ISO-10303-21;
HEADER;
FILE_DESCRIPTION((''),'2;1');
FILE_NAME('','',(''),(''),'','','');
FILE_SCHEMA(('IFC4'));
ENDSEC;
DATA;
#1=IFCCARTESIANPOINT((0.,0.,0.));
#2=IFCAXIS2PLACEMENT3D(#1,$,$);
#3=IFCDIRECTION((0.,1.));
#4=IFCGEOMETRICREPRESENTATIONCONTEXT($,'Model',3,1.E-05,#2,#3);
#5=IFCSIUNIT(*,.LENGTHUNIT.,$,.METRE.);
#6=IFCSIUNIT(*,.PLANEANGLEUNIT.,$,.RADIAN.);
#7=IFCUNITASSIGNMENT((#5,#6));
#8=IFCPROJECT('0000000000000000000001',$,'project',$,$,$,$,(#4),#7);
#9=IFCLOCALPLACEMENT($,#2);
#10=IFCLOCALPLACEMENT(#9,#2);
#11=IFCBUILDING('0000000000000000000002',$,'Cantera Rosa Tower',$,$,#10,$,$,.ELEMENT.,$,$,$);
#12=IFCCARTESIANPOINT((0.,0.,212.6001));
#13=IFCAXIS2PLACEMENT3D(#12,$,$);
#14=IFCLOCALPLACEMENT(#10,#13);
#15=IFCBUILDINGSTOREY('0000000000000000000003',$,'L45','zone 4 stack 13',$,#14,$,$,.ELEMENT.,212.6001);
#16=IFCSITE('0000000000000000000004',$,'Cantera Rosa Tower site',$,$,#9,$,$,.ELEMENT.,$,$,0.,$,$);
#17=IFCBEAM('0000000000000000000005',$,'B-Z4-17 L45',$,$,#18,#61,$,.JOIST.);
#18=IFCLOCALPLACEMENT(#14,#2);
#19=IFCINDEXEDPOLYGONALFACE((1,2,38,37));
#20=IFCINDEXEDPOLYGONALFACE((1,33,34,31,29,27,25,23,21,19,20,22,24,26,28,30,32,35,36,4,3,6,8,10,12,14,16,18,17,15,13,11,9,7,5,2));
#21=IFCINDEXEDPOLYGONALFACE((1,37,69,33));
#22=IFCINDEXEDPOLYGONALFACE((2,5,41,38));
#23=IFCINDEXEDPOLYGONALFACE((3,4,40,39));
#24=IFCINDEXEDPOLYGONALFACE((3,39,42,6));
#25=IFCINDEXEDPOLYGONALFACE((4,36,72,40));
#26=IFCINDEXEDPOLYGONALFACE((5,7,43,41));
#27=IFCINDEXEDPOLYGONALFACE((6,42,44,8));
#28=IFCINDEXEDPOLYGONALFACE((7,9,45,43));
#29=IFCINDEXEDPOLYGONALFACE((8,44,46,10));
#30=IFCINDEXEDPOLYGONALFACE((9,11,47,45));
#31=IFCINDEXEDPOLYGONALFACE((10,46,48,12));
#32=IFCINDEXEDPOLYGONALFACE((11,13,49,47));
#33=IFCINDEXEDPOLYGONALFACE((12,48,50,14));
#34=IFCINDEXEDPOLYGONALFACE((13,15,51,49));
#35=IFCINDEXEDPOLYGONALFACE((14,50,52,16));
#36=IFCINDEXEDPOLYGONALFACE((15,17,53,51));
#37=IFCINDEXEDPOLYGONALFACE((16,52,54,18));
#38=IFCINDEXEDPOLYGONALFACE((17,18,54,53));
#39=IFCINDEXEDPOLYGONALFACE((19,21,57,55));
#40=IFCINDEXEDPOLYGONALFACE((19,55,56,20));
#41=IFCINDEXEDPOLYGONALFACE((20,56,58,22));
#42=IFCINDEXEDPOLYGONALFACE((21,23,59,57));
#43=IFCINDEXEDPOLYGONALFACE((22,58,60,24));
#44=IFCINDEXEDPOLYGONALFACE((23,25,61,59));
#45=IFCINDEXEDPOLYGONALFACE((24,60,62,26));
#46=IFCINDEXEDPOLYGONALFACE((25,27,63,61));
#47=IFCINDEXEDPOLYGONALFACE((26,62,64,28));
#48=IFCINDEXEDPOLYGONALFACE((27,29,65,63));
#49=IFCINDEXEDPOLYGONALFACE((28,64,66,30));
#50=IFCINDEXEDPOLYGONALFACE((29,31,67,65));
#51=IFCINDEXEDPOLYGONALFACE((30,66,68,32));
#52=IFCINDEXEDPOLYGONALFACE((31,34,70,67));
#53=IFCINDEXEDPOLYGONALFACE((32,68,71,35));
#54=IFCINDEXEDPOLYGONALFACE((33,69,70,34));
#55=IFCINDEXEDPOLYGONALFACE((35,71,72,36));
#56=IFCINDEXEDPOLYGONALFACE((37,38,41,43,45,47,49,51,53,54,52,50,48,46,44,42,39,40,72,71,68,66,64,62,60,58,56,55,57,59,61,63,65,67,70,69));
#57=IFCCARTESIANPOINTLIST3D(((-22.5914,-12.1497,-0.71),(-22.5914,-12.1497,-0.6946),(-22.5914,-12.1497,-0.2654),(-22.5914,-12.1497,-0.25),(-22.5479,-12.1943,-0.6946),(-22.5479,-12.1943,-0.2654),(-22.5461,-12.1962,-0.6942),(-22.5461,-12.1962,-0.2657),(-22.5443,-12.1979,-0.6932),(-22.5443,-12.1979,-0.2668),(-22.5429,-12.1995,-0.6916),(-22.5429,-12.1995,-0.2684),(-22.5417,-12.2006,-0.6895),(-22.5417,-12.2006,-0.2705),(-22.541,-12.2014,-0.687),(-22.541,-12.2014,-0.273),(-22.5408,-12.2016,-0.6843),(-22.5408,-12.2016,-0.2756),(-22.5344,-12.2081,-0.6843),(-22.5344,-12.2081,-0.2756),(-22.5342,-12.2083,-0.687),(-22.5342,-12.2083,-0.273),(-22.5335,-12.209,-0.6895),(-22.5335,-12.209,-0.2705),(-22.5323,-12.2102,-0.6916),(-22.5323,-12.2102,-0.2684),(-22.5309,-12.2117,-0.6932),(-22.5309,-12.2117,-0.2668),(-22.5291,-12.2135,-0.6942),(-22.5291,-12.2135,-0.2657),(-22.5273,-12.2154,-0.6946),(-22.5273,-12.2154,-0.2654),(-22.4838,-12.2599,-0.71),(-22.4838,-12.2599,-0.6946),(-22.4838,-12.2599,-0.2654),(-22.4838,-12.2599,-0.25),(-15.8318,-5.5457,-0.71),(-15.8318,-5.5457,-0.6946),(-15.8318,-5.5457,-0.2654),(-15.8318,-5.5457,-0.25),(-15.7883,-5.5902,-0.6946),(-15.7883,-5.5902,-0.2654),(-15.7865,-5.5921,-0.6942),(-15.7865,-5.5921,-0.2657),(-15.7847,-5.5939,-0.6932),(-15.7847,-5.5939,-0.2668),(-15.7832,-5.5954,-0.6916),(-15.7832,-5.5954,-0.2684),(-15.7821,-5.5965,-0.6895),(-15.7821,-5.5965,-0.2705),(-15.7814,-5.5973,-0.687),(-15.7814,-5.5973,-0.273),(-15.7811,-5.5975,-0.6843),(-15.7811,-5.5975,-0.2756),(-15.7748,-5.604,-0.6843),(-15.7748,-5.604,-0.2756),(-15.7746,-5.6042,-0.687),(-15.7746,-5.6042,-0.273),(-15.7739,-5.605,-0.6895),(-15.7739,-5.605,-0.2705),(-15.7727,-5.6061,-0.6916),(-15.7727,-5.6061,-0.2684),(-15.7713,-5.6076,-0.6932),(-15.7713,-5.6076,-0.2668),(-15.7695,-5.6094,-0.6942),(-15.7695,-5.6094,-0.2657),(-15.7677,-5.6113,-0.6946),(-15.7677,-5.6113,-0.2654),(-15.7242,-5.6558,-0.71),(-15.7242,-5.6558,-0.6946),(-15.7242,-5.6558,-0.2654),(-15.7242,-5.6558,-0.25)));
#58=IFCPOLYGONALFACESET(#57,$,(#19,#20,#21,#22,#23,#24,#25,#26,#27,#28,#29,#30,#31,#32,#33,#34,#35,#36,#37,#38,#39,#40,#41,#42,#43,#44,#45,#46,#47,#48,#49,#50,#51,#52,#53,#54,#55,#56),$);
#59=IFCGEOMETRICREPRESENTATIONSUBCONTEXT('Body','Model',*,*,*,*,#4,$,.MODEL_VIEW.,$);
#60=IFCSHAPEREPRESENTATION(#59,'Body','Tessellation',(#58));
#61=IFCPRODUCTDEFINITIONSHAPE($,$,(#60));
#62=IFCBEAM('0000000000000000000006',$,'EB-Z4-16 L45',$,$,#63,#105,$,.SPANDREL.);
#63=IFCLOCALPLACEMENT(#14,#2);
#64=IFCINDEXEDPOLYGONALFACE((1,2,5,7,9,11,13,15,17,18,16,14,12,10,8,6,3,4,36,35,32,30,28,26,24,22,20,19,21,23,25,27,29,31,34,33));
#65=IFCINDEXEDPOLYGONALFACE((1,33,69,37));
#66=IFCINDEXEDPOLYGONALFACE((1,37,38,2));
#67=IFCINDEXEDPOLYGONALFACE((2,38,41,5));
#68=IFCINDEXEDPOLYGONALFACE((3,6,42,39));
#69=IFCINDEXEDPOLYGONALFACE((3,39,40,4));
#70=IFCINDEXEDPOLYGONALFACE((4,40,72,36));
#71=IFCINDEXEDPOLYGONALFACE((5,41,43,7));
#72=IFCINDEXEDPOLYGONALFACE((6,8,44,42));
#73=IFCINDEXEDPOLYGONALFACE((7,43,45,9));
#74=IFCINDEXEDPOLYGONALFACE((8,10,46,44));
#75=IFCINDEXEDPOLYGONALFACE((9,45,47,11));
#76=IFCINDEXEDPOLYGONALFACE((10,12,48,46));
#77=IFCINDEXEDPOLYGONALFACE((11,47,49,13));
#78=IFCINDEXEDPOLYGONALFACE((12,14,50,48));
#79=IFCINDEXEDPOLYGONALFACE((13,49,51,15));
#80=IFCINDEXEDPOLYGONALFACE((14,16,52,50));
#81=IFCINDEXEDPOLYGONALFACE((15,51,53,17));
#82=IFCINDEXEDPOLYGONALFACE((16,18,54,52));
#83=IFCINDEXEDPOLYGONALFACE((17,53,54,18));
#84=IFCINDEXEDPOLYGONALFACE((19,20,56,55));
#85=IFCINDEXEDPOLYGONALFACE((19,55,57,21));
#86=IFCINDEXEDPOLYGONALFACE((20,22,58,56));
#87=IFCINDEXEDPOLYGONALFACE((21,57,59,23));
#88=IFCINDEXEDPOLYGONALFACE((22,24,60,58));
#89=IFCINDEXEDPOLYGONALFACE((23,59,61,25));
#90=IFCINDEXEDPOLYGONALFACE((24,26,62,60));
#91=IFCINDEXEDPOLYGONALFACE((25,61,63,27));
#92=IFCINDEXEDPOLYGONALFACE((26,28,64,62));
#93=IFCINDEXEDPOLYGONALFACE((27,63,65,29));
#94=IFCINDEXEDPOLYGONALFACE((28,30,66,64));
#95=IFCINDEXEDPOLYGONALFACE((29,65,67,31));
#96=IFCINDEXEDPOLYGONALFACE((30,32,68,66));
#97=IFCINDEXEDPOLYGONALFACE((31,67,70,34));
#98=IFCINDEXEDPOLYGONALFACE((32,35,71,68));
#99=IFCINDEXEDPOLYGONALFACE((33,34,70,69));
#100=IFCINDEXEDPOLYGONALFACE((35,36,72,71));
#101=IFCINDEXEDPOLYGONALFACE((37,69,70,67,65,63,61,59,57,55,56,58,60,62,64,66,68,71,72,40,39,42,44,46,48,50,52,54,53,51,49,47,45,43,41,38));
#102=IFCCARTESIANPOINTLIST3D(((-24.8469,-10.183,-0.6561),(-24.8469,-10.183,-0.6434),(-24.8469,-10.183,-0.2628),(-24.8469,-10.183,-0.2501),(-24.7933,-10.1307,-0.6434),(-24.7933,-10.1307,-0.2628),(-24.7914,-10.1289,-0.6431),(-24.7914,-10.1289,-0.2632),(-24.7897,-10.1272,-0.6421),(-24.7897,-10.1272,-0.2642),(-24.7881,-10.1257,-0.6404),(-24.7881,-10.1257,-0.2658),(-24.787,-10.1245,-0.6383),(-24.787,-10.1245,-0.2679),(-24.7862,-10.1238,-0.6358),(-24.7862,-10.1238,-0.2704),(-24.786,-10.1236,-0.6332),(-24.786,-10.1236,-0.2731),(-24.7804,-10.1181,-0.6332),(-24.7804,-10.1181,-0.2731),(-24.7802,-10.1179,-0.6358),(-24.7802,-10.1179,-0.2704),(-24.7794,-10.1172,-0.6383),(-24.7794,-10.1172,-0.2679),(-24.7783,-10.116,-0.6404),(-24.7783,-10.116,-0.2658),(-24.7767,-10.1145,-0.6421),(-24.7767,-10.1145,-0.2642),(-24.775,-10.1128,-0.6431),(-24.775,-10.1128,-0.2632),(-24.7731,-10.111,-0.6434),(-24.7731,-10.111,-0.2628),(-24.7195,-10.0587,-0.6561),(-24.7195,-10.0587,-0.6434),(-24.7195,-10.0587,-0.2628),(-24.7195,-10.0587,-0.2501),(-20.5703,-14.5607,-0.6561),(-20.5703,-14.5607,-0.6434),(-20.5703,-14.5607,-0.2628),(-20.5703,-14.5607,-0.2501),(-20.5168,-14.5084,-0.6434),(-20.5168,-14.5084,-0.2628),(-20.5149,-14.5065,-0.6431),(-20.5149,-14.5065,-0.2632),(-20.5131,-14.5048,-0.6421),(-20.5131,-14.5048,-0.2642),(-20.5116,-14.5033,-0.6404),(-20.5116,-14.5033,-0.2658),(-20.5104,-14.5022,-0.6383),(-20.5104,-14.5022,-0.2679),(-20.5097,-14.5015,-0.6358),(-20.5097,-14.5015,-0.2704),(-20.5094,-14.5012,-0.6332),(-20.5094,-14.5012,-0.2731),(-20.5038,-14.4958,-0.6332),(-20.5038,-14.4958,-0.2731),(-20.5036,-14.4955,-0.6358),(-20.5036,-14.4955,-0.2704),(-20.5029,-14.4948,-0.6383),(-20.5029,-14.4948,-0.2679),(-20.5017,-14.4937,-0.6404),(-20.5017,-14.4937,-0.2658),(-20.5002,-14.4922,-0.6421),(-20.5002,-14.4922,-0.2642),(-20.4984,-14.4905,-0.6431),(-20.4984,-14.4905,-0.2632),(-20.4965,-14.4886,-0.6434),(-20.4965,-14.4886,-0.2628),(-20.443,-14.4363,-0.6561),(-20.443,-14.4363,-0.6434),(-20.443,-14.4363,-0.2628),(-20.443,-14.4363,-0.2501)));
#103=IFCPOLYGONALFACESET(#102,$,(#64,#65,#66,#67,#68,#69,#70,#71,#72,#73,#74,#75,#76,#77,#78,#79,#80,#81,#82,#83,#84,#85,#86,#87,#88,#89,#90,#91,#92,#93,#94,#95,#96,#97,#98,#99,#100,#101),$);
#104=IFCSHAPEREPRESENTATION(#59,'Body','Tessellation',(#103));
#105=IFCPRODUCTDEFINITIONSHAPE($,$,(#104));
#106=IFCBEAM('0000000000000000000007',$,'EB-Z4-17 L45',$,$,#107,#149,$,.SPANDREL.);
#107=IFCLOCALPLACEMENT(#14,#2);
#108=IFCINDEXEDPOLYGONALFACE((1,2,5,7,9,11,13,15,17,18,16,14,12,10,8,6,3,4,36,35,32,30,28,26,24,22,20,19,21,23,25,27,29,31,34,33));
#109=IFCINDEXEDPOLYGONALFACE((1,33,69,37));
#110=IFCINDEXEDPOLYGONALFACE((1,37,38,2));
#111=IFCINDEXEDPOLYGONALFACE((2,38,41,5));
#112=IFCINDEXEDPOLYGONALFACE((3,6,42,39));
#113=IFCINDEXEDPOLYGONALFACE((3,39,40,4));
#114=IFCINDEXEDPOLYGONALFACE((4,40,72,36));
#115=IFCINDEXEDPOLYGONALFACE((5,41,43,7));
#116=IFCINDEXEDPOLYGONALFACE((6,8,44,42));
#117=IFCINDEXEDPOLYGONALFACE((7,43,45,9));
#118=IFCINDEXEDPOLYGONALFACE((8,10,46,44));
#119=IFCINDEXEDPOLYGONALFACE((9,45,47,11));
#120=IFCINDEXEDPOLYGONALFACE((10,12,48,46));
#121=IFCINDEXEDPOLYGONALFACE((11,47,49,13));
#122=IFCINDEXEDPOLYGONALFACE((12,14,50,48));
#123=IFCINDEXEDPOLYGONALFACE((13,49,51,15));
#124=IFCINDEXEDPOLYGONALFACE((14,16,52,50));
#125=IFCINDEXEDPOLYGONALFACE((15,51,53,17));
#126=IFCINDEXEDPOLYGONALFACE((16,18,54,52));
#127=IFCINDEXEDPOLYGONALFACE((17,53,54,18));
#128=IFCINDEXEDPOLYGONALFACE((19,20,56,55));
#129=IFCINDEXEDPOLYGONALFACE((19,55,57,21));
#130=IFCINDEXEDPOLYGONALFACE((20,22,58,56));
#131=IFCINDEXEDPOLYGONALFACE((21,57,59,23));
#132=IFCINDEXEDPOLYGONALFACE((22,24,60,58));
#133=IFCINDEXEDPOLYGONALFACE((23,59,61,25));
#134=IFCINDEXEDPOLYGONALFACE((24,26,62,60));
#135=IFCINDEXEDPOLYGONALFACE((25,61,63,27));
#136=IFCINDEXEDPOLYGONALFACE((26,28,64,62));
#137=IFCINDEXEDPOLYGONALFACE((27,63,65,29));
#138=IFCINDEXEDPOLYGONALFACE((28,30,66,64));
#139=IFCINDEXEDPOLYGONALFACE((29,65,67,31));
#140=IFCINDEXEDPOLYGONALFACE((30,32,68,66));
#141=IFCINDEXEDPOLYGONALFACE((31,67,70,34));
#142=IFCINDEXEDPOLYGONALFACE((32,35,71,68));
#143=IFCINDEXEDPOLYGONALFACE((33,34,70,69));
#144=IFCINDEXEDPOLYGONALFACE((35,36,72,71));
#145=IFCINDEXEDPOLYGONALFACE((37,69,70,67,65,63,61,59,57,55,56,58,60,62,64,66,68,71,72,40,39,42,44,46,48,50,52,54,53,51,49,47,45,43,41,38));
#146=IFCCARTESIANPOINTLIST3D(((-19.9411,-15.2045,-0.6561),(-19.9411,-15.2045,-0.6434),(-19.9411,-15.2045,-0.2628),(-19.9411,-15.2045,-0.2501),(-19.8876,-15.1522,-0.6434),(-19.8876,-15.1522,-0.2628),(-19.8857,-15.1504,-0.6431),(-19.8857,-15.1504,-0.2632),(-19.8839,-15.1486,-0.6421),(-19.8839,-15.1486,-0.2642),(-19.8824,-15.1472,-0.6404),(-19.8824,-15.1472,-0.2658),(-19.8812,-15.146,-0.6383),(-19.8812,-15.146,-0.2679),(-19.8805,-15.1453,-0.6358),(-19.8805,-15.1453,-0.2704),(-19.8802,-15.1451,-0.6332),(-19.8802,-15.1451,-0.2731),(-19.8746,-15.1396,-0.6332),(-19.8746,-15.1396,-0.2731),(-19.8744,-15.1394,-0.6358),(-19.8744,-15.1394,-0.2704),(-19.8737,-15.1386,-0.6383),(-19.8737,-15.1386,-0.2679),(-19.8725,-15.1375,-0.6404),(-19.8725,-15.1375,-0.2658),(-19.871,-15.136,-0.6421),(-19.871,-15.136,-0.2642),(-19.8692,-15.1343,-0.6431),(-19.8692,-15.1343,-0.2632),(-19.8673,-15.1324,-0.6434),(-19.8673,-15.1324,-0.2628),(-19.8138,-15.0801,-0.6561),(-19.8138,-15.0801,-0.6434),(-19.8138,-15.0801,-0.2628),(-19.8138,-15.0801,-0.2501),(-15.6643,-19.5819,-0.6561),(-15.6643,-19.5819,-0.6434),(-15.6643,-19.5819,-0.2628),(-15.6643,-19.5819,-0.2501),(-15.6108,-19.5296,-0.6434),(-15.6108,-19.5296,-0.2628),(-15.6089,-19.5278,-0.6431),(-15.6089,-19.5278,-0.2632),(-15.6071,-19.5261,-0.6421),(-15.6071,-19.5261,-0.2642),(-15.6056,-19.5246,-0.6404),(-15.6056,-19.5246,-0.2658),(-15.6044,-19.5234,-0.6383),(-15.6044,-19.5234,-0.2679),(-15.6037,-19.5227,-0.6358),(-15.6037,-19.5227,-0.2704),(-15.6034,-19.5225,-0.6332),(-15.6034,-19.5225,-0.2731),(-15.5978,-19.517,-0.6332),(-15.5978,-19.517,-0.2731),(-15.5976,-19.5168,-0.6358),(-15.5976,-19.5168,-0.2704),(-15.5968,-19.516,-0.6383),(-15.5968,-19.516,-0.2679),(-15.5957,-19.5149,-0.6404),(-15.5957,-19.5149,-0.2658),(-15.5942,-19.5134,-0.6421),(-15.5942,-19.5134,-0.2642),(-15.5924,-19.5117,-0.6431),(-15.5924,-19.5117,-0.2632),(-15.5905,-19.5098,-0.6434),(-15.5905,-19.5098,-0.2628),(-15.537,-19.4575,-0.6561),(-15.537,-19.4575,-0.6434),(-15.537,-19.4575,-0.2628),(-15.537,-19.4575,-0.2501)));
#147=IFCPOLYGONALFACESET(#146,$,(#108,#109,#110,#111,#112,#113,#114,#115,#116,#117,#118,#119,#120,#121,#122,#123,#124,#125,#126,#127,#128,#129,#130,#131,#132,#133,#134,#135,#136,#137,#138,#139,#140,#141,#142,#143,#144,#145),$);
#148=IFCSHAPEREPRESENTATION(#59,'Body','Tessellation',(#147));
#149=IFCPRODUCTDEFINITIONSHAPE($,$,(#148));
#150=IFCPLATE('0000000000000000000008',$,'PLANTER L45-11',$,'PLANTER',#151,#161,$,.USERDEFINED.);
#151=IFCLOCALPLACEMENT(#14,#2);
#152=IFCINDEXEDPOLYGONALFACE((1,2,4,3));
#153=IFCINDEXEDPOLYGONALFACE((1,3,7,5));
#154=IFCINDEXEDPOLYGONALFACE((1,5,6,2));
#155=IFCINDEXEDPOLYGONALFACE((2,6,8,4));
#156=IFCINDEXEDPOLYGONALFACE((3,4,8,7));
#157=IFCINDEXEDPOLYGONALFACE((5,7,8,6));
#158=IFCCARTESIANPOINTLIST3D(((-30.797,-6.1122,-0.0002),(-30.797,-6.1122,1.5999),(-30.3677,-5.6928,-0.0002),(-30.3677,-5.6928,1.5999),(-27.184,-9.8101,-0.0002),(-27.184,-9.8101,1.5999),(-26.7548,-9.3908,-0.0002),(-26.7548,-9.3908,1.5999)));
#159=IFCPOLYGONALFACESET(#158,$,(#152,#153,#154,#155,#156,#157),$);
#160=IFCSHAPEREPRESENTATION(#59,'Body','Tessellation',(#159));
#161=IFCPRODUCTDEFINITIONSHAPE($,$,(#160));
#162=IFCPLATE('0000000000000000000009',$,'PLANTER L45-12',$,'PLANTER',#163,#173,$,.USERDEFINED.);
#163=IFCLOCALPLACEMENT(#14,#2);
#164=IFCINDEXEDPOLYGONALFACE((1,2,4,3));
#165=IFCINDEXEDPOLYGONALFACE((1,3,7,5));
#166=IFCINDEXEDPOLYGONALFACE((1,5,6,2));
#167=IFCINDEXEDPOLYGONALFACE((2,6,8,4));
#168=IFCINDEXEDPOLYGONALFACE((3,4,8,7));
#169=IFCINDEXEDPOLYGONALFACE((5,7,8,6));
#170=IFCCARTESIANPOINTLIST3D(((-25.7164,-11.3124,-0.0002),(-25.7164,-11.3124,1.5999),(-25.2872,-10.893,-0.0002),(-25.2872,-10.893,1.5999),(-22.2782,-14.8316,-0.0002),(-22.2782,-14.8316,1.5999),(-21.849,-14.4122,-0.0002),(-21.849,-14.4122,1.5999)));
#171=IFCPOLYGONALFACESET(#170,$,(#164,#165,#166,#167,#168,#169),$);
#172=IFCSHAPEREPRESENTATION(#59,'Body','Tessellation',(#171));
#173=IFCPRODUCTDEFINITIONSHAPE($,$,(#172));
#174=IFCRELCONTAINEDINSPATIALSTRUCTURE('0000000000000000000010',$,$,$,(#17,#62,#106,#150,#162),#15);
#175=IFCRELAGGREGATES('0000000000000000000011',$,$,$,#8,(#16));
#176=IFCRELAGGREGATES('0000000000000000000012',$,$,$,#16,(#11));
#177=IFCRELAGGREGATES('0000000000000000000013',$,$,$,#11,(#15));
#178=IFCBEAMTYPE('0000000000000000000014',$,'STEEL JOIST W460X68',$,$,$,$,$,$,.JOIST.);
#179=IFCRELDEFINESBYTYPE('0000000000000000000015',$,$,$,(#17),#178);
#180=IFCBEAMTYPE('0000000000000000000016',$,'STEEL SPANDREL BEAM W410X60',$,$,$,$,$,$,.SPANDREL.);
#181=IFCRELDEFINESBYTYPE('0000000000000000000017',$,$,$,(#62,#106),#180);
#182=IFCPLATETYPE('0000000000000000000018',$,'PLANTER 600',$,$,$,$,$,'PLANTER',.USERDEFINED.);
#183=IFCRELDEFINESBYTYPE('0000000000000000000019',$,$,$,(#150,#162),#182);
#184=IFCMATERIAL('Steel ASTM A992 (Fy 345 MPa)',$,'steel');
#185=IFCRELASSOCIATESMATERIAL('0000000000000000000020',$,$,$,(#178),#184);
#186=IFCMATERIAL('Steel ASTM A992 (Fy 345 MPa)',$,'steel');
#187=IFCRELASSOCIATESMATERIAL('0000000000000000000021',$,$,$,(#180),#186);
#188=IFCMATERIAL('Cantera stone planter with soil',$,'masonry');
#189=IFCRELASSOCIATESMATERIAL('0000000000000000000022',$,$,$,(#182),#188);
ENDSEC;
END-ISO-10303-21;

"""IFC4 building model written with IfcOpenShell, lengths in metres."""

from ifc_helpers import new_model, si_unit, direction, frame, origin, origin_2d, place, context, subcontext, project, spatial, rectangle, i_section, extrude, material, material_profile, profile_set, type_object, element, save


model = new_model("IFC4")

# Units and contexts
model_context = context("Model", 3, precision=1e-05, world=origin(), true_north=direction((0.0, 1.0)))
body_context = subcontext(model_context, "Body", "Model", "MODEL_VIEW")
ifc_project = project(units=[si_unit("LENGTHUNIT", "METRE"), si_unit("PLANEANGLEUNIT", "RADIAN")], contexts=[model_context])

# Site, building, storey
site_placement = place(None, origin())
site = spatial("IfcSite", under=ifc_project, at=site_placement, Name="Cantera Rosa Tower site", CompositionType="ELEMENT", RefElevation=0.0)
building_placement = place(site_placement, origin())
building = spatial("IfcBuilding", under=site, at=building_placement, Name="Cantera Rosa Tower", CompositionType="ELEMENT")
storey_placement = place(building_placement, frame((0.0, 0.0, 212.6001)))
storey = spatial("IfcBuildingStorey", under=building, at=storey_placement, Name="L45", Description="zone 4 stack 13", CompositionType="ELEMENT", Elevation=212.6001)

# Beams
ifc_material_1 = material(Name="Steel ASTM A992 (Fy 345 MPa)", Category="steel")
ifc_material_profile_1 = material_profile(ifc_material_1, i_section(OverallWidth=0.1541, OverallDepth=0.46, WebThickness=0.009, FlangeThickness=0.0154, FilletRadius=0.0103, at=origin_2d()), Name="W460X68")
ifc_profile_set_1 = profile_set([ifc_material_profile_1], Name="Steel ASTM A992 (Fy 345 MPa)")
beam_type_1 = type_object("IfcBeamType", Name="STEEL JOIST W460X68", PredefinedType="JOIST", material=ifc_profile_set_1)
beam_1_placement = place(storey_placement, frame((-22.5376, -12.2048, -0.48), z_axis=(0.715287, 0.698831, 0.0), x_axis=(-0.698831, 0.715287, 0.0)))
element("IfcBeam", 1, at=beam_1_placement, inside=storey, type_object=beam_type_1, Name="B-Z4-17 L45", PredefinedType="JOIST", context=body_context, shape_type="SweptSolid", body=[
    extrude(i_section(OverallWidth=0.1541, OverallDepth=0.46, WebThickness=0.009, FlangeThickness=0.0154, FilletRadius=0.0103, at=origin_2d()), origin(), (0.0, 0.0, 1.0), 9.4502),
])
ifc_material_2 = material(Name="Steel ASTM A992 (Fy 345 MPa)", Category="steel")
ifc_material_profile_2 = material_profile(ifc_material_2, i_section(OverallWidth=0.178, OverallDepth=0.406, WebThickness=0.0078, FlangeThickness=0.0127, FilletRadius=0.0103, at=origin_2d()), Name="W410X60")
ifc_profile_set_2 = profile_set([ifc_material_profile_2], Name="Steel ASTM A992 (Fy 345 MPa)")
beam_type_2 = type_object("IfcBeamType", Name="STEEL SPANDREL BEAM W410X60", PredefinedType="SPANDREL", material=ifc_profile_set_2)
for number, where, z_axis, x_axis, name in (
    (2, (-24.7832, -10.1208, -0.4531), (0.698801, -0.715316, 0.0), (0.715316, 0.698801, 0.0), "EB-Z4-16 L45"),
    (3, (-19.8774, -15.1423, -0.4531), (0.698841, -0.715277, 0.0), (0.715277, 0.698841, 0.0), "EB-Z4-17 L45"),
):
    element("IfcBeam", number, at=place(storey_placement, frame(where, z_axis=z_axis, x_axis=x_axis)), inside=storey, type_object=beam_type_2, Name=name, PredefinedType="SPANDREL", context=body_context, shape_type="SweptSolid", body=[
        extrude(i_section(OverallWidth=0.178, OverallDepth=0.406, WebThickness=0.0078, FlangeThickness=0.0127, FilletRadius=0.0103, at=origin_2d()), origin(), (0.0, 0.0, 1.0), 6.1199),
    ])

# Plates
ifc_material_3 = material(Name="Cantera stone planter with soil", Category="masonry")
plate_type = type_object("IfcPlateType", Name="PLANTER 600", ElementType="PLANTER", PredefinedType="USERDEFINED", material=ifc_material_3)
plate_1_placement = place(storey_placement, frame((-28.7759, -7.7515, -0.0002), z_axis=(0.0, 0.0, 1.0), x_axis=(0.698832, -0.715286, 0.0)))
element("IfcPlate", 4, at=plate_1_placement, inside=storey, type_object=plate_type, Name="PLANTER L45-11", ObjectType="PLANTER", PredefinedType="USERDEFINED", context=body_context, shape_type="SweptSolid", body=[
    extrude(rectangle(XDim=5.1699, YDim=0.6001, at=origin_2d()), origin(), (0.0, 0.0, 1.0), 1.6001),
])
plate_2_placement = place(storey_placement, frame((-23.7827, -12.8623, -0.0002), z_axis=(0.0, 0.0, 1.0), x_axis=(0.698832, -0.715286, 0.0)))
element("IfcPlate", 5, at=plate_2_placement, inside=storey, type_object=plate_type, Name="PLANTER L45-12", ObjectType="PLANTER", PredefinedType="USERDEFINED", context=body_context, shape_type="SweptSolid", body=[
    extrude(rectangle(XDim=4.9199, YDim=0.6001, at=origin_2d()), origin(), (0.0, 0.0, 1.0), 1.6001),
])

save(model, "model.ifc")
